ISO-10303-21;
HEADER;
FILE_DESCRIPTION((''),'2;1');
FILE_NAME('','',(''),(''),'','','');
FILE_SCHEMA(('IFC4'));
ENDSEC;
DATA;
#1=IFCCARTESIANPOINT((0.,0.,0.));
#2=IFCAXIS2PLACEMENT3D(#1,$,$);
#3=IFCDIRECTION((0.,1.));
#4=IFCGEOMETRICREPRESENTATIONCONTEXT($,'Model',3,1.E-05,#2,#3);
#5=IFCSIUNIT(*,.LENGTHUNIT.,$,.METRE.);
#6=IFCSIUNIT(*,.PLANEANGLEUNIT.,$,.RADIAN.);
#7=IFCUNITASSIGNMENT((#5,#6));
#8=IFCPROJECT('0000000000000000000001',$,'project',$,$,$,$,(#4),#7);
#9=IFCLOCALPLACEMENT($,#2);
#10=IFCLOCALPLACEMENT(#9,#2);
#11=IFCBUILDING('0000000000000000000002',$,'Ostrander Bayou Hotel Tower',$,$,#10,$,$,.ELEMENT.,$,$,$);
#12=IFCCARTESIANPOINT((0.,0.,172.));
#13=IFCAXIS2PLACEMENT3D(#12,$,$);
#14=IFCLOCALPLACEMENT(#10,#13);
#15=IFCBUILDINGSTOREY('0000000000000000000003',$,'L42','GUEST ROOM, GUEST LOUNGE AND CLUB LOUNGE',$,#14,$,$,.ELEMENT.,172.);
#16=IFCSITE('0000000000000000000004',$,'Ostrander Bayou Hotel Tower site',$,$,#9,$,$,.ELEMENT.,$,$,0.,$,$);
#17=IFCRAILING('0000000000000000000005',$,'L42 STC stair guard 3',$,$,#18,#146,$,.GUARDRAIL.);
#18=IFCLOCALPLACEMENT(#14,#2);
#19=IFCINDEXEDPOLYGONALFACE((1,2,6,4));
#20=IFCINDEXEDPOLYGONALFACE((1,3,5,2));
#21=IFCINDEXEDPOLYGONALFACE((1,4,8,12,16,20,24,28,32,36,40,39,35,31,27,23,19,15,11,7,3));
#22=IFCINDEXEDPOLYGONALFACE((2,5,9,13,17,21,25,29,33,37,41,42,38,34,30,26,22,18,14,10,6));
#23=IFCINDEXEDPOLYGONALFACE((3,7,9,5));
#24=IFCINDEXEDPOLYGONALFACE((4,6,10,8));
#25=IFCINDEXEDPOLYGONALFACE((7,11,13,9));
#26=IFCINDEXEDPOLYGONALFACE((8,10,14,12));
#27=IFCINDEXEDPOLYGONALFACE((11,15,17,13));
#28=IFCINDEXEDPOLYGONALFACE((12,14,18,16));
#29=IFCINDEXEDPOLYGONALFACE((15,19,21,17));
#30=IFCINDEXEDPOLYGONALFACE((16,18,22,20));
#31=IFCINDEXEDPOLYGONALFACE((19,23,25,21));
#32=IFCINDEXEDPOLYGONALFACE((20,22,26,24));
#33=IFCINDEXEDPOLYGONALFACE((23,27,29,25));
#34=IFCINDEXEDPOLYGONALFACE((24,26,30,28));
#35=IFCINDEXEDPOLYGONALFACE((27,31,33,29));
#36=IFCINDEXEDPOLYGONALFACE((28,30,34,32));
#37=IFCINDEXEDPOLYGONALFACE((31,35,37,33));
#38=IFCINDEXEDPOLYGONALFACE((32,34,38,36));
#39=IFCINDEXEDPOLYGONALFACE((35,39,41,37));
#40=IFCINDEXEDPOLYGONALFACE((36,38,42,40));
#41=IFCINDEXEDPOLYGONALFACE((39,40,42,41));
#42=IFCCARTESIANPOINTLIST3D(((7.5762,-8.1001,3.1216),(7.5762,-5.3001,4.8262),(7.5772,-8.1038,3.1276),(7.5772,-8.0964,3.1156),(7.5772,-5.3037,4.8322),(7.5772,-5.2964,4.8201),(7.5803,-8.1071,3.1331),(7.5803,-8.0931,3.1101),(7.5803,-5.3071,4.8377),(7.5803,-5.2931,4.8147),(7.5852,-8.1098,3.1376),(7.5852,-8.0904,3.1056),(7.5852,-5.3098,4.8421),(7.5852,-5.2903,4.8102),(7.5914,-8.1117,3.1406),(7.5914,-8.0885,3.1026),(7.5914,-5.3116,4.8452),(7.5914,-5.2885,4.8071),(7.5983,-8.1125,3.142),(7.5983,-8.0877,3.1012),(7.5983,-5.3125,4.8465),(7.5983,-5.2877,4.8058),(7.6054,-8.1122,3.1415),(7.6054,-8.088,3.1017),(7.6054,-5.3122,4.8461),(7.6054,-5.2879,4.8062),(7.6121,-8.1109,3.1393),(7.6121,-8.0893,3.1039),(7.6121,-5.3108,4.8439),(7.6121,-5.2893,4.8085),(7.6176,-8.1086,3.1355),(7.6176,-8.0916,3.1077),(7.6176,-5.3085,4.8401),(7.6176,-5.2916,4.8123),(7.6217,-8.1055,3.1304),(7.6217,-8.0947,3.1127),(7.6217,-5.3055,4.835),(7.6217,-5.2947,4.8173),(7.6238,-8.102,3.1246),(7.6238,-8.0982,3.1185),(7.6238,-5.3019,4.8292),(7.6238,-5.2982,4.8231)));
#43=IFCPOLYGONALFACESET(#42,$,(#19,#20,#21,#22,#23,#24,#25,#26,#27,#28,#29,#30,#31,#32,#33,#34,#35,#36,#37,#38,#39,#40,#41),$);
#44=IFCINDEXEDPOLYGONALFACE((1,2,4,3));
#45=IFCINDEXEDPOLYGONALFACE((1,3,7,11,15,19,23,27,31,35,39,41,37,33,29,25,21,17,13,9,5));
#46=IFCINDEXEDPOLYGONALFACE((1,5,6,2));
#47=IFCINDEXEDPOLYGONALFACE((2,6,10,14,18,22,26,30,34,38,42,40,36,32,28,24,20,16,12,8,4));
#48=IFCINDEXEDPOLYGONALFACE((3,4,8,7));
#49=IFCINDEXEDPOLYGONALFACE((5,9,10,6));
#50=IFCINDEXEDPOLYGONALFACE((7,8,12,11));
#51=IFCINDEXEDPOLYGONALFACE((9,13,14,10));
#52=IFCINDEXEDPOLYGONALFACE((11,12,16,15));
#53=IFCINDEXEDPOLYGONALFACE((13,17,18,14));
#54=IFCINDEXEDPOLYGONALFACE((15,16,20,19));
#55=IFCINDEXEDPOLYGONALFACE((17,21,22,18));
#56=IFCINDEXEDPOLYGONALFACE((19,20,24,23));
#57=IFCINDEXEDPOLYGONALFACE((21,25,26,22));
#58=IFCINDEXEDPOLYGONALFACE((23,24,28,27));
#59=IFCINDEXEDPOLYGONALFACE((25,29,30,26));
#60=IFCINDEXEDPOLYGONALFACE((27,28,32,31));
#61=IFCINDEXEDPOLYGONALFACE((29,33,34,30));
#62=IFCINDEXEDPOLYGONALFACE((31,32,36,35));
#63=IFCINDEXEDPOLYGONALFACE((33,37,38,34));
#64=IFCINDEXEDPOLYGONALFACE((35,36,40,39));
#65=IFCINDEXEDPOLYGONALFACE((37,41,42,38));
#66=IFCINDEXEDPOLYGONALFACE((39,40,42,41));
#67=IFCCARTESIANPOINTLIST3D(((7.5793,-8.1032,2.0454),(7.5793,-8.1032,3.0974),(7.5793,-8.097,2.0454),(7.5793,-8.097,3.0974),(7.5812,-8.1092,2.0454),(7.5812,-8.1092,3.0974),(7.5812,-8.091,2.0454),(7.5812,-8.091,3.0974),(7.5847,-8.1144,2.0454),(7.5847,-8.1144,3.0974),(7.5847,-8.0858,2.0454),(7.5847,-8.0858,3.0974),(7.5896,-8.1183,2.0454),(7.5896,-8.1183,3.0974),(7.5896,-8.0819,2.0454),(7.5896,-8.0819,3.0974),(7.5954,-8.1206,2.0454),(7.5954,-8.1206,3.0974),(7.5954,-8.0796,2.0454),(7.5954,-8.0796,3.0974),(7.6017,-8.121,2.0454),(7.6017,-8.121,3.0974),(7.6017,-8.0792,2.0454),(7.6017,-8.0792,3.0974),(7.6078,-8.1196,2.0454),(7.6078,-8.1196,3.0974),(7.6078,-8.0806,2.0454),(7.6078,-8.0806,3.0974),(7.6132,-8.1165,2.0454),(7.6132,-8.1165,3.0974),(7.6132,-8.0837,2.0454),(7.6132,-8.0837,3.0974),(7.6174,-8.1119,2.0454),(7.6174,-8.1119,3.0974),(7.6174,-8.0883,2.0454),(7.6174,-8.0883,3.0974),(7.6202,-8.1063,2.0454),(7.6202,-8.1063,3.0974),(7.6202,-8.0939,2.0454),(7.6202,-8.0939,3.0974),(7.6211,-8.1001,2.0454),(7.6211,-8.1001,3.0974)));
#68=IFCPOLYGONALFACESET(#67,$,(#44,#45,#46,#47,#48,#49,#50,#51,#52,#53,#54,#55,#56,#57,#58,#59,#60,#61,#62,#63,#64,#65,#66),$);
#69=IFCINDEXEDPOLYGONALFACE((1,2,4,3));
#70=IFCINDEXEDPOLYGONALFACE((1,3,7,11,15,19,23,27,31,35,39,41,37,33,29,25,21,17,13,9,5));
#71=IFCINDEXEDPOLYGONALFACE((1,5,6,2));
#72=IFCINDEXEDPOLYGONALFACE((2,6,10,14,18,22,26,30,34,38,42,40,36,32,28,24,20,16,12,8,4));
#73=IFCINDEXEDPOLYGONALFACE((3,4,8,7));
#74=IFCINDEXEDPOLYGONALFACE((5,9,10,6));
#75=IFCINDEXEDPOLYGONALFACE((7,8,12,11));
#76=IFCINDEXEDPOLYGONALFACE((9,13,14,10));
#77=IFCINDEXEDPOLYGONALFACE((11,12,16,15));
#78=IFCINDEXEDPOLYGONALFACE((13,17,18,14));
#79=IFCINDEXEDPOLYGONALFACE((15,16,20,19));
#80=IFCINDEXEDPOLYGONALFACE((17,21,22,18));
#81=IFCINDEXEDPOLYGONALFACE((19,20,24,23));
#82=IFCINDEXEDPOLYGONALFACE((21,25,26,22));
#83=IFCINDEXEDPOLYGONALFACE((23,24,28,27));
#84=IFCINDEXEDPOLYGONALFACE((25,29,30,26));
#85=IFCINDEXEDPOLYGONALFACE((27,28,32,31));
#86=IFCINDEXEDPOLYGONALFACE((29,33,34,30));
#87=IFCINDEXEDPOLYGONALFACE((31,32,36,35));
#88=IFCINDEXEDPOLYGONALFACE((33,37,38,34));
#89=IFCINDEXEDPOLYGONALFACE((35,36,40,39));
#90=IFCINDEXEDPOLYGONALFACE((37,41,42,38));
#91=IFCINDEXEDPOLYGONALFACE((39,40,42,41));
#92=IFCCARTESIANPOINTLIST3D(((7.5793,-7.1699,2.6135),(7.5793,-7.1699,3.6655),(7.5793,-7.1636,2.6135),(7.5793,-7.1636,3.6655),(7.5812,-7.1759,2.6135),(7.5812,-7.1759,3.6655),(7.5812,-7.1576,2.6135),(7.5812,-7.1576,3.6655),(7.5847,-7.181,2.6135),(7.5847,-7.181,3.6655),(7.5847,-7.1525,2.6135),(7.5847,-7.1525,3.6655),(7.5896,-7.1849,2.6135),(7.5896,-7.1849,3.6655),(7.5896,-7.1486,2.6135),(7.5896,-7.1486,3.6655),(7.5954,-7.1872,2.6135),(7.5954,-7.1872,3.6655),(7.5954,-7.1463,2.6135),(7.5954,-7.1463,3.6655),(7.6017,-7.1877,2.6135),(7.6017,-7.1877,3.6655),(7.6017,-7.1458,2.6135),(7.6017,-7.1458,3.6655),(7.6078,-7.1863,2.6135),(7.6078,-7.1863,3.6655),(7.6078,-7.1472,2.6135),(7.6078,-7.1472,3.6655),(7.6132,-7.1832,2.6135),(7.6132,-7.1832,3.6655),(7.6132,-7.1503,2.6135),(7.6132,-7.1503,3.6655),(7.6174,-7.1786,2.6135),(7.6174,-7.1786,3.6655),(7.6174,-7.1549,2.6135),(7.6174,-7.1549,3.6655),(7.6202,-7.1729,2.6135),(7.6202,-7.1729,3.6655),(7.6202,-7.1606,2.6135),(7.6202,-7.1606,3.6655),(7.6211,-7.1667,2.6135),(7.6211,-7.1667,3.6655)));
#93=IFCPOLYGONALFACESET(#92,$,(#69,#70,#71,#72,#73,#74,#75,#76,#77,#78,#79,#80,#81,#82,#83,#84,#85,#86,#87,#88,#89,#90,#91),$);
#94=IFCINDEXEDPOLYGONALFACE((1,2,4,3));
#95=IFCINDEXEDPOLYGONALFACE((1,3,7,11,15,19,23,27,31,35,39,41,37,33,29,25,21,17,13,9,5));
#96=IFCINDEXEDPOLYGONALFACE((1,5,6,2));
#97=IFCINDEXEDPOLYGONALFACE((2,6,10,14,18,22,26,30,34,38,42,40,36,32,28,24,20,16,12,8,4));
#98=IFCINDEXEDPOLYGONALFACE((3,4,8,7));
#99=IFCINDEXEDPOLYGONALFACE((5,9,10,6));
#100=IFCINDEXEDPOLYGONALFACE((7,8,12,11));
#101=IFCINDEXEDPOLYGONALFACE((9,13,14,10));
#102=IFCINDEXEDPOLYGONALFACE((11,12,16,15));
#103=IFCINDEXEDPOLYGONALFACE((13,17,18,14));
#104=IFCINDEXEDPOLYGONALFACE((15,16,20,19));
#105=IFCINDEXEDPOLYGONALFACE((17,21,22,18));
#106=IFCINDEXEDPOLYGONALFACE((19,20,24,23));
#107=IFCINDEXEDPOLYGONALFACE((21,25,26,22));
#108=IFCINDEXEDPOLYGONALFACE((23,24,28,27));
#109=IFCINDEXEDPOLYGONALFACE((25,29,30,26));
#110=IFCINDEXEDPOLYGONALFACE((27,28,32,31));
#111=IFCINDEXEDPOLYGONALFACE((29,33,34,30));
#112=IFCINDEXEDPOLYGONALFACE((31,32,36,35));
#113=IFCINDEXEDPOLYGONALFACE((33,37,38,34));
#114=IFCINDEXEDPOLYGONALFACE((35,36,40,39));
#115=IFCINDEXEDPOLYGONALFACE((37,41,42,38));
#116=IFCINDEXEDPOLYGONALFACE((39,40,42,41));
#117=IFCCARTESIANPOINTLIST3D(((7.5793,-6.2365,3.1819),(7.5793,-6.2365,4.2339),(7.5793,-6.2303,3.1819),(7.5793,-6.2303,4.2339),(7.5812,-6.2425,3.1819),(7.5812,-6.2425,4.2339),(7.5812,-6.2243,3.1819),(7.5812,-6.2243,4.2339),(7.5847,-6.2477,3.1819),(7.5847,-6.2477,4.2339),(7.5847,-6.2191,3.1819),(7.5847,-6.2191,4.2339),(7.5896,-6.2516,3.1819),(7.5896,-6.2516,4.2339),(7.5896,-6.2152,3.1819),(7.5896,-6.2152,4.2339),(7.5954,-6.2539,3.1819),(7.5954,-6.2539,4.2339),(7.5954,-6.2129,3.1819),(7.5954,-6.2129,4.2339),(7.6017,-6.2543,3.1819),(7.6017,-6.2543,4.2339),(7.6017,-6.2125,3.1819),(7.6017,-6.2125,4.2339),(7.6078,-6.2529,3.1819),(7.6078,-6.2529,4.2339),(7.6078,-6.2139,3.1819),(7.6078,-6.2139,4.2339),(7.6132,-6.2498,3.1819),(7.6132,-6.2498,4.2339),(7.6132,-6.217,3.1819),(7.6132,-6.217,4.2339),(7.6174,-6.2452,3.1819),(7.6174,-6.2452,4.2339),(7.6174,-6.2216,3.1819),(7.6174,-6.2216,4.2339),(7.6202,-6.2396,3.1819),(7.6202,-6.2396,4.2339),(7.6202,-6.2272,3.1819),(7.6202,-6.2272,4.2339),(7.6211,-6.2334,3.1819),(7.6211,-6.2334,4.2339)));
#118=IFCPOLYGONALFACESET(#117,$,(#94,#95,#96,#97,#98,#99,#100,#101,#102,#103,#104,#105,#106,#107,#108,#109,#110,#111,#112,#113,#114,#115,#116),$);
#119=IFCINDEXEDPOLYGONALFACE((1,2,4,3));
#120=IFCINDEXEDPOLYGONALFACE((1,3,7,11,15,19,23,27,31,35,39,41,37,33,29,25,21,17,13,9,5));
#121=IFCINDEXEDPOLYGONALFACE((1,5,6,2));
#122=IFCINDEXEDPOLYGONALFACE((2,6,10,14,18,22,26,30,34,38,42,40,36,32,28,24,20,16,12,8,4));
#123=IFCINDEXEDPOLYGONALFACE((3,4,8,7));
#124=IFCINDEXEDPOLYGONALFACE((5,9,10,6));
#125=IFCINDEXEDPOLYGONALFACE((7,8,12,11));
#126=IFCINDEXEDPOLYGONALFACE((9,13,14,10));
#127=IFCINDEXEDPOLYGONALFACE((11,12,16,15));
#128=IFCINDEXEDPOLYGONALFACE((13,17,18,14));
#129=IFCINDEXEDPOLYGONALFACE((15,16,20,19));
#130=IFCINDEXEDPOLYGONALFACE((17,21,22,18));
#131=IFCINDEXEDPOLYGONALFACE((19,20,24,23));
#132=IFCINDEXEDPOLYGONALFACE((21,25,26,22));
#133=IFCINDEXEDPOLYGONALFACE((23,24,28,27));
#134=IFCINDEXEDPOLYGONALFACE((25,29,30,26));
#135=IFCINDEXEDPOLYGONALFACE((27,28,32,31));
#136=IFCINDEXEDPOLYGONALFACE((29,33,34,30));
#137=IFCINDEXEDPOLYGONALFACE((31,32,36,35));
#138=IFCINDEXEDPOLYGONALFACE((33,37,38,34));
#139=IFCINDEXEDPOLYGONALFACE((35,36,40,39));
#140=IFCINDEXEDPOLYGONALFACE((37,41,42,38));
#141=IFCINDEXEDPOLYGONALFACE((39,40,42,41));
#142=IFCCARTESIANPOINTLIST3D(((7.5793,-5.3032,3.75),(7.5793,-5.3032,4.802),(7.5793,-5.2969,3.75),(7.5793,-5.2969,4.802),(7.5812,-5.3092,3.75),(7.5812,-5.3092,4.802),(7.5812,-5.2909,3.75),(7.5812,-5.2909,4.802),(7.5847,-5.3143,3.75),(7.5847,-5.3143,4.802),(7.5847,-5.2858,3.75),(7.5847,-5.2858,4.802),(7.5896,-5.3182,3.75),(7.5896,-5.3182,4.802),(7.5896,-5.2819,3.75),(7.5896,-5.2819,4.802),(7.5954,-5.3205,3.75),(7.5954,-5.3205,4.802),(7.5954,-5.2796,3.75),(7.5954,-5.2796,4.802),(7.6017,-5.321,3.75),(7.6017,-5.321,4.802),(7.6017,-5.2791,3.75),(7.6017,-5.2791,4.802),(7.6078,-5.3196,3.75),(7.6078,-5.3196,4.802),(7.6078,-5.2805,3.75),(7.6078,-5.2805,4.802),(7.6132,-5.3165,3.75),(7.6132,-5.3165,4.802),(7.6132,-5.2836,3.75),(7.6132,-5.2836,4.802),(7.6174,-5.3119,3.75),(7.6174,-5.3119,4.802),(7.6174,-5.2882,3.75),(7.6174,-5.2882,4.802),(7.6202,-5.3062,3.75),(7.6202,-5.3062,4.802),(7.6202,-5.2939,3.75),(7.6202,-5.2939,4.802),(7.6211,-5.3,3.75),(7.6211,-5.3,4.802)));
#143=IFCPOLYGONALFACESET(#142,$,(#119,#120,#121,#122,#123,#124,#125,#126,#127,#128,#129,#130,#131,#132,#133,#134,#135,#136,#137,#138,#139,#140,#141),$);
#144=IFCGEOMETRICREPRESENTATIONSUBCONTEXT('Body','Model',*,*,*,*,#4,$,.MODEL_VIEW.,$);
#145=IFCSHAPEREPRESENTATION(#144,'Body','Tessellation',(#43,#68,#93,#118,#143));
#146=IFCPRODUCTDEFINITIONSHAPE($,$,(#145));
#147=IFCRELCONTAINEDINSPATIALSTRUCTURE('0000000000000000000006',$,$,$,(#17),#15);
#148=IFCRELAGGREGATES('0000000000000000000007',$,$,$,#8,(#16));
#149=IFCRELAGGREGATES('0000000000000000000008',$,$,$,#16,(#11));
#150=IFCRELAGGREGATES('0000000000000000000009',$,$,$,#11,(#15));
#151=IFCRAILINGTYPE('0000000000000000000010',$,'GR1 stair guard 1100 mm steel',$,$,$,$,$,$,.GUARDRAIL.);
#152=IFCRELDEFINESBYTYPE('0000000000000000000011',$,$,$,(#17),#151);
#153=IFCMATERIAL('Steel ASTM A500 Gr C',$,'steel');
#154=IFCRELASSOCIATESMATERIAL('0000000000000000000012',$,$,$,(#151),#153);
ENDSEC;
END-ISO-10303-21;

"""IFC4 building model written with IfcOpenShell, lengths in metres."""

from ifc_helpers import new_model, si_unit, direction, frame, origin, origin_2d, place, context, subcontext, project, spatial, circle, extrude, material, type_object, element, save


model = new_model("IFC4")

# Units and contexts
model_context = context("Model", 3, precision=1e-05, world=origin(), true_north=direction((0.0, 1.0)))
body_context = subcontext(model_context, "Body", "Model", "MODEL_VIEW")
ifc_project = project(units=[si_unit("LENGTHUNIT", "METRE"), si_unit("PLANEANGLEUNIT", "RADIAN")], contexts=[model_context])

# Site, building, storey
site_placement = place(None, origin())
site = spatial("IfcSite", under=ifc_project, at=site_placement, Name="Ostrander Bayou Hotel Tower site", CompositionType="ELEMENT", RefElevation=0.0)
building_placement = place(site_placement, origin())
building = spatial("IfcBuilding", under=site, at=building_placement, Name="Ostrander Bayou Hotel Tower", CompositionType="ELEMENT")
storey_placement = place(building_placement, frame((0.0, 0.0, 172.0)))
storey = spatial("IfcBuildingStorey", under=building, at=storey_placement, Name="L42", Description="GUEST ROOM, GUEST LOUNGE AND CLUB LOUNGE", CompositionType="ELEMENT", Elevation=172.0)

# Railing
ifc_material_1 = material(Name="Steel ASTM A500 Gr C", Category="steel")
railing_type_1 = type_object("IfcRailingType", Name="GR1 stair guard 1100 mm steel", PredefinedType="GUARDRAIL", material=ifc_material_1)
railing_1_placement = place(storey_placement, frame((7.6001, -8.1001, 2.0454)))
element("IfcRailing", 1, at=railing_1_placement, inside=storey, type_object=railing_type_1, Name="L42 STC stair guard 3", PredefinedType="GUARDRAIL", context=body_context, shape_type="SweptSolid", body=[
    extrude(circle(Radius=0.0239, at=origin_2d()), frame((0.0, 0.0, 1.0762), z_axis=(0.0, 0.85417, 0.519994), x_axis=(-1.0, 0.0, 0.0)), (0.0, 0.0, 1.0), 3.2781),
    extrude(circle(Radius=0.021, at=origin_2d()), origin(), (0.0, 0.0, 1.0), 1.052),
    extrude(circle(Radius=0.021, at=origin_2d()), frame((0.0, 0.9333, 0.5681)), (0.0, 0.0, 1.0), 1.052),
    extrude(circle(Radius=0.021, at=origin_2d()), frame((0.0, 1.8667, 1.1365)), (0.0, 0.0, 1.0), 1.052),
    extrude(circle(Radius=0.021, at=origin_2d()), frame((0.0, 2.8, 1.7046)), (0.0, 0.0, 1.0), 1.052),
])

save(model, "model.ifc")
